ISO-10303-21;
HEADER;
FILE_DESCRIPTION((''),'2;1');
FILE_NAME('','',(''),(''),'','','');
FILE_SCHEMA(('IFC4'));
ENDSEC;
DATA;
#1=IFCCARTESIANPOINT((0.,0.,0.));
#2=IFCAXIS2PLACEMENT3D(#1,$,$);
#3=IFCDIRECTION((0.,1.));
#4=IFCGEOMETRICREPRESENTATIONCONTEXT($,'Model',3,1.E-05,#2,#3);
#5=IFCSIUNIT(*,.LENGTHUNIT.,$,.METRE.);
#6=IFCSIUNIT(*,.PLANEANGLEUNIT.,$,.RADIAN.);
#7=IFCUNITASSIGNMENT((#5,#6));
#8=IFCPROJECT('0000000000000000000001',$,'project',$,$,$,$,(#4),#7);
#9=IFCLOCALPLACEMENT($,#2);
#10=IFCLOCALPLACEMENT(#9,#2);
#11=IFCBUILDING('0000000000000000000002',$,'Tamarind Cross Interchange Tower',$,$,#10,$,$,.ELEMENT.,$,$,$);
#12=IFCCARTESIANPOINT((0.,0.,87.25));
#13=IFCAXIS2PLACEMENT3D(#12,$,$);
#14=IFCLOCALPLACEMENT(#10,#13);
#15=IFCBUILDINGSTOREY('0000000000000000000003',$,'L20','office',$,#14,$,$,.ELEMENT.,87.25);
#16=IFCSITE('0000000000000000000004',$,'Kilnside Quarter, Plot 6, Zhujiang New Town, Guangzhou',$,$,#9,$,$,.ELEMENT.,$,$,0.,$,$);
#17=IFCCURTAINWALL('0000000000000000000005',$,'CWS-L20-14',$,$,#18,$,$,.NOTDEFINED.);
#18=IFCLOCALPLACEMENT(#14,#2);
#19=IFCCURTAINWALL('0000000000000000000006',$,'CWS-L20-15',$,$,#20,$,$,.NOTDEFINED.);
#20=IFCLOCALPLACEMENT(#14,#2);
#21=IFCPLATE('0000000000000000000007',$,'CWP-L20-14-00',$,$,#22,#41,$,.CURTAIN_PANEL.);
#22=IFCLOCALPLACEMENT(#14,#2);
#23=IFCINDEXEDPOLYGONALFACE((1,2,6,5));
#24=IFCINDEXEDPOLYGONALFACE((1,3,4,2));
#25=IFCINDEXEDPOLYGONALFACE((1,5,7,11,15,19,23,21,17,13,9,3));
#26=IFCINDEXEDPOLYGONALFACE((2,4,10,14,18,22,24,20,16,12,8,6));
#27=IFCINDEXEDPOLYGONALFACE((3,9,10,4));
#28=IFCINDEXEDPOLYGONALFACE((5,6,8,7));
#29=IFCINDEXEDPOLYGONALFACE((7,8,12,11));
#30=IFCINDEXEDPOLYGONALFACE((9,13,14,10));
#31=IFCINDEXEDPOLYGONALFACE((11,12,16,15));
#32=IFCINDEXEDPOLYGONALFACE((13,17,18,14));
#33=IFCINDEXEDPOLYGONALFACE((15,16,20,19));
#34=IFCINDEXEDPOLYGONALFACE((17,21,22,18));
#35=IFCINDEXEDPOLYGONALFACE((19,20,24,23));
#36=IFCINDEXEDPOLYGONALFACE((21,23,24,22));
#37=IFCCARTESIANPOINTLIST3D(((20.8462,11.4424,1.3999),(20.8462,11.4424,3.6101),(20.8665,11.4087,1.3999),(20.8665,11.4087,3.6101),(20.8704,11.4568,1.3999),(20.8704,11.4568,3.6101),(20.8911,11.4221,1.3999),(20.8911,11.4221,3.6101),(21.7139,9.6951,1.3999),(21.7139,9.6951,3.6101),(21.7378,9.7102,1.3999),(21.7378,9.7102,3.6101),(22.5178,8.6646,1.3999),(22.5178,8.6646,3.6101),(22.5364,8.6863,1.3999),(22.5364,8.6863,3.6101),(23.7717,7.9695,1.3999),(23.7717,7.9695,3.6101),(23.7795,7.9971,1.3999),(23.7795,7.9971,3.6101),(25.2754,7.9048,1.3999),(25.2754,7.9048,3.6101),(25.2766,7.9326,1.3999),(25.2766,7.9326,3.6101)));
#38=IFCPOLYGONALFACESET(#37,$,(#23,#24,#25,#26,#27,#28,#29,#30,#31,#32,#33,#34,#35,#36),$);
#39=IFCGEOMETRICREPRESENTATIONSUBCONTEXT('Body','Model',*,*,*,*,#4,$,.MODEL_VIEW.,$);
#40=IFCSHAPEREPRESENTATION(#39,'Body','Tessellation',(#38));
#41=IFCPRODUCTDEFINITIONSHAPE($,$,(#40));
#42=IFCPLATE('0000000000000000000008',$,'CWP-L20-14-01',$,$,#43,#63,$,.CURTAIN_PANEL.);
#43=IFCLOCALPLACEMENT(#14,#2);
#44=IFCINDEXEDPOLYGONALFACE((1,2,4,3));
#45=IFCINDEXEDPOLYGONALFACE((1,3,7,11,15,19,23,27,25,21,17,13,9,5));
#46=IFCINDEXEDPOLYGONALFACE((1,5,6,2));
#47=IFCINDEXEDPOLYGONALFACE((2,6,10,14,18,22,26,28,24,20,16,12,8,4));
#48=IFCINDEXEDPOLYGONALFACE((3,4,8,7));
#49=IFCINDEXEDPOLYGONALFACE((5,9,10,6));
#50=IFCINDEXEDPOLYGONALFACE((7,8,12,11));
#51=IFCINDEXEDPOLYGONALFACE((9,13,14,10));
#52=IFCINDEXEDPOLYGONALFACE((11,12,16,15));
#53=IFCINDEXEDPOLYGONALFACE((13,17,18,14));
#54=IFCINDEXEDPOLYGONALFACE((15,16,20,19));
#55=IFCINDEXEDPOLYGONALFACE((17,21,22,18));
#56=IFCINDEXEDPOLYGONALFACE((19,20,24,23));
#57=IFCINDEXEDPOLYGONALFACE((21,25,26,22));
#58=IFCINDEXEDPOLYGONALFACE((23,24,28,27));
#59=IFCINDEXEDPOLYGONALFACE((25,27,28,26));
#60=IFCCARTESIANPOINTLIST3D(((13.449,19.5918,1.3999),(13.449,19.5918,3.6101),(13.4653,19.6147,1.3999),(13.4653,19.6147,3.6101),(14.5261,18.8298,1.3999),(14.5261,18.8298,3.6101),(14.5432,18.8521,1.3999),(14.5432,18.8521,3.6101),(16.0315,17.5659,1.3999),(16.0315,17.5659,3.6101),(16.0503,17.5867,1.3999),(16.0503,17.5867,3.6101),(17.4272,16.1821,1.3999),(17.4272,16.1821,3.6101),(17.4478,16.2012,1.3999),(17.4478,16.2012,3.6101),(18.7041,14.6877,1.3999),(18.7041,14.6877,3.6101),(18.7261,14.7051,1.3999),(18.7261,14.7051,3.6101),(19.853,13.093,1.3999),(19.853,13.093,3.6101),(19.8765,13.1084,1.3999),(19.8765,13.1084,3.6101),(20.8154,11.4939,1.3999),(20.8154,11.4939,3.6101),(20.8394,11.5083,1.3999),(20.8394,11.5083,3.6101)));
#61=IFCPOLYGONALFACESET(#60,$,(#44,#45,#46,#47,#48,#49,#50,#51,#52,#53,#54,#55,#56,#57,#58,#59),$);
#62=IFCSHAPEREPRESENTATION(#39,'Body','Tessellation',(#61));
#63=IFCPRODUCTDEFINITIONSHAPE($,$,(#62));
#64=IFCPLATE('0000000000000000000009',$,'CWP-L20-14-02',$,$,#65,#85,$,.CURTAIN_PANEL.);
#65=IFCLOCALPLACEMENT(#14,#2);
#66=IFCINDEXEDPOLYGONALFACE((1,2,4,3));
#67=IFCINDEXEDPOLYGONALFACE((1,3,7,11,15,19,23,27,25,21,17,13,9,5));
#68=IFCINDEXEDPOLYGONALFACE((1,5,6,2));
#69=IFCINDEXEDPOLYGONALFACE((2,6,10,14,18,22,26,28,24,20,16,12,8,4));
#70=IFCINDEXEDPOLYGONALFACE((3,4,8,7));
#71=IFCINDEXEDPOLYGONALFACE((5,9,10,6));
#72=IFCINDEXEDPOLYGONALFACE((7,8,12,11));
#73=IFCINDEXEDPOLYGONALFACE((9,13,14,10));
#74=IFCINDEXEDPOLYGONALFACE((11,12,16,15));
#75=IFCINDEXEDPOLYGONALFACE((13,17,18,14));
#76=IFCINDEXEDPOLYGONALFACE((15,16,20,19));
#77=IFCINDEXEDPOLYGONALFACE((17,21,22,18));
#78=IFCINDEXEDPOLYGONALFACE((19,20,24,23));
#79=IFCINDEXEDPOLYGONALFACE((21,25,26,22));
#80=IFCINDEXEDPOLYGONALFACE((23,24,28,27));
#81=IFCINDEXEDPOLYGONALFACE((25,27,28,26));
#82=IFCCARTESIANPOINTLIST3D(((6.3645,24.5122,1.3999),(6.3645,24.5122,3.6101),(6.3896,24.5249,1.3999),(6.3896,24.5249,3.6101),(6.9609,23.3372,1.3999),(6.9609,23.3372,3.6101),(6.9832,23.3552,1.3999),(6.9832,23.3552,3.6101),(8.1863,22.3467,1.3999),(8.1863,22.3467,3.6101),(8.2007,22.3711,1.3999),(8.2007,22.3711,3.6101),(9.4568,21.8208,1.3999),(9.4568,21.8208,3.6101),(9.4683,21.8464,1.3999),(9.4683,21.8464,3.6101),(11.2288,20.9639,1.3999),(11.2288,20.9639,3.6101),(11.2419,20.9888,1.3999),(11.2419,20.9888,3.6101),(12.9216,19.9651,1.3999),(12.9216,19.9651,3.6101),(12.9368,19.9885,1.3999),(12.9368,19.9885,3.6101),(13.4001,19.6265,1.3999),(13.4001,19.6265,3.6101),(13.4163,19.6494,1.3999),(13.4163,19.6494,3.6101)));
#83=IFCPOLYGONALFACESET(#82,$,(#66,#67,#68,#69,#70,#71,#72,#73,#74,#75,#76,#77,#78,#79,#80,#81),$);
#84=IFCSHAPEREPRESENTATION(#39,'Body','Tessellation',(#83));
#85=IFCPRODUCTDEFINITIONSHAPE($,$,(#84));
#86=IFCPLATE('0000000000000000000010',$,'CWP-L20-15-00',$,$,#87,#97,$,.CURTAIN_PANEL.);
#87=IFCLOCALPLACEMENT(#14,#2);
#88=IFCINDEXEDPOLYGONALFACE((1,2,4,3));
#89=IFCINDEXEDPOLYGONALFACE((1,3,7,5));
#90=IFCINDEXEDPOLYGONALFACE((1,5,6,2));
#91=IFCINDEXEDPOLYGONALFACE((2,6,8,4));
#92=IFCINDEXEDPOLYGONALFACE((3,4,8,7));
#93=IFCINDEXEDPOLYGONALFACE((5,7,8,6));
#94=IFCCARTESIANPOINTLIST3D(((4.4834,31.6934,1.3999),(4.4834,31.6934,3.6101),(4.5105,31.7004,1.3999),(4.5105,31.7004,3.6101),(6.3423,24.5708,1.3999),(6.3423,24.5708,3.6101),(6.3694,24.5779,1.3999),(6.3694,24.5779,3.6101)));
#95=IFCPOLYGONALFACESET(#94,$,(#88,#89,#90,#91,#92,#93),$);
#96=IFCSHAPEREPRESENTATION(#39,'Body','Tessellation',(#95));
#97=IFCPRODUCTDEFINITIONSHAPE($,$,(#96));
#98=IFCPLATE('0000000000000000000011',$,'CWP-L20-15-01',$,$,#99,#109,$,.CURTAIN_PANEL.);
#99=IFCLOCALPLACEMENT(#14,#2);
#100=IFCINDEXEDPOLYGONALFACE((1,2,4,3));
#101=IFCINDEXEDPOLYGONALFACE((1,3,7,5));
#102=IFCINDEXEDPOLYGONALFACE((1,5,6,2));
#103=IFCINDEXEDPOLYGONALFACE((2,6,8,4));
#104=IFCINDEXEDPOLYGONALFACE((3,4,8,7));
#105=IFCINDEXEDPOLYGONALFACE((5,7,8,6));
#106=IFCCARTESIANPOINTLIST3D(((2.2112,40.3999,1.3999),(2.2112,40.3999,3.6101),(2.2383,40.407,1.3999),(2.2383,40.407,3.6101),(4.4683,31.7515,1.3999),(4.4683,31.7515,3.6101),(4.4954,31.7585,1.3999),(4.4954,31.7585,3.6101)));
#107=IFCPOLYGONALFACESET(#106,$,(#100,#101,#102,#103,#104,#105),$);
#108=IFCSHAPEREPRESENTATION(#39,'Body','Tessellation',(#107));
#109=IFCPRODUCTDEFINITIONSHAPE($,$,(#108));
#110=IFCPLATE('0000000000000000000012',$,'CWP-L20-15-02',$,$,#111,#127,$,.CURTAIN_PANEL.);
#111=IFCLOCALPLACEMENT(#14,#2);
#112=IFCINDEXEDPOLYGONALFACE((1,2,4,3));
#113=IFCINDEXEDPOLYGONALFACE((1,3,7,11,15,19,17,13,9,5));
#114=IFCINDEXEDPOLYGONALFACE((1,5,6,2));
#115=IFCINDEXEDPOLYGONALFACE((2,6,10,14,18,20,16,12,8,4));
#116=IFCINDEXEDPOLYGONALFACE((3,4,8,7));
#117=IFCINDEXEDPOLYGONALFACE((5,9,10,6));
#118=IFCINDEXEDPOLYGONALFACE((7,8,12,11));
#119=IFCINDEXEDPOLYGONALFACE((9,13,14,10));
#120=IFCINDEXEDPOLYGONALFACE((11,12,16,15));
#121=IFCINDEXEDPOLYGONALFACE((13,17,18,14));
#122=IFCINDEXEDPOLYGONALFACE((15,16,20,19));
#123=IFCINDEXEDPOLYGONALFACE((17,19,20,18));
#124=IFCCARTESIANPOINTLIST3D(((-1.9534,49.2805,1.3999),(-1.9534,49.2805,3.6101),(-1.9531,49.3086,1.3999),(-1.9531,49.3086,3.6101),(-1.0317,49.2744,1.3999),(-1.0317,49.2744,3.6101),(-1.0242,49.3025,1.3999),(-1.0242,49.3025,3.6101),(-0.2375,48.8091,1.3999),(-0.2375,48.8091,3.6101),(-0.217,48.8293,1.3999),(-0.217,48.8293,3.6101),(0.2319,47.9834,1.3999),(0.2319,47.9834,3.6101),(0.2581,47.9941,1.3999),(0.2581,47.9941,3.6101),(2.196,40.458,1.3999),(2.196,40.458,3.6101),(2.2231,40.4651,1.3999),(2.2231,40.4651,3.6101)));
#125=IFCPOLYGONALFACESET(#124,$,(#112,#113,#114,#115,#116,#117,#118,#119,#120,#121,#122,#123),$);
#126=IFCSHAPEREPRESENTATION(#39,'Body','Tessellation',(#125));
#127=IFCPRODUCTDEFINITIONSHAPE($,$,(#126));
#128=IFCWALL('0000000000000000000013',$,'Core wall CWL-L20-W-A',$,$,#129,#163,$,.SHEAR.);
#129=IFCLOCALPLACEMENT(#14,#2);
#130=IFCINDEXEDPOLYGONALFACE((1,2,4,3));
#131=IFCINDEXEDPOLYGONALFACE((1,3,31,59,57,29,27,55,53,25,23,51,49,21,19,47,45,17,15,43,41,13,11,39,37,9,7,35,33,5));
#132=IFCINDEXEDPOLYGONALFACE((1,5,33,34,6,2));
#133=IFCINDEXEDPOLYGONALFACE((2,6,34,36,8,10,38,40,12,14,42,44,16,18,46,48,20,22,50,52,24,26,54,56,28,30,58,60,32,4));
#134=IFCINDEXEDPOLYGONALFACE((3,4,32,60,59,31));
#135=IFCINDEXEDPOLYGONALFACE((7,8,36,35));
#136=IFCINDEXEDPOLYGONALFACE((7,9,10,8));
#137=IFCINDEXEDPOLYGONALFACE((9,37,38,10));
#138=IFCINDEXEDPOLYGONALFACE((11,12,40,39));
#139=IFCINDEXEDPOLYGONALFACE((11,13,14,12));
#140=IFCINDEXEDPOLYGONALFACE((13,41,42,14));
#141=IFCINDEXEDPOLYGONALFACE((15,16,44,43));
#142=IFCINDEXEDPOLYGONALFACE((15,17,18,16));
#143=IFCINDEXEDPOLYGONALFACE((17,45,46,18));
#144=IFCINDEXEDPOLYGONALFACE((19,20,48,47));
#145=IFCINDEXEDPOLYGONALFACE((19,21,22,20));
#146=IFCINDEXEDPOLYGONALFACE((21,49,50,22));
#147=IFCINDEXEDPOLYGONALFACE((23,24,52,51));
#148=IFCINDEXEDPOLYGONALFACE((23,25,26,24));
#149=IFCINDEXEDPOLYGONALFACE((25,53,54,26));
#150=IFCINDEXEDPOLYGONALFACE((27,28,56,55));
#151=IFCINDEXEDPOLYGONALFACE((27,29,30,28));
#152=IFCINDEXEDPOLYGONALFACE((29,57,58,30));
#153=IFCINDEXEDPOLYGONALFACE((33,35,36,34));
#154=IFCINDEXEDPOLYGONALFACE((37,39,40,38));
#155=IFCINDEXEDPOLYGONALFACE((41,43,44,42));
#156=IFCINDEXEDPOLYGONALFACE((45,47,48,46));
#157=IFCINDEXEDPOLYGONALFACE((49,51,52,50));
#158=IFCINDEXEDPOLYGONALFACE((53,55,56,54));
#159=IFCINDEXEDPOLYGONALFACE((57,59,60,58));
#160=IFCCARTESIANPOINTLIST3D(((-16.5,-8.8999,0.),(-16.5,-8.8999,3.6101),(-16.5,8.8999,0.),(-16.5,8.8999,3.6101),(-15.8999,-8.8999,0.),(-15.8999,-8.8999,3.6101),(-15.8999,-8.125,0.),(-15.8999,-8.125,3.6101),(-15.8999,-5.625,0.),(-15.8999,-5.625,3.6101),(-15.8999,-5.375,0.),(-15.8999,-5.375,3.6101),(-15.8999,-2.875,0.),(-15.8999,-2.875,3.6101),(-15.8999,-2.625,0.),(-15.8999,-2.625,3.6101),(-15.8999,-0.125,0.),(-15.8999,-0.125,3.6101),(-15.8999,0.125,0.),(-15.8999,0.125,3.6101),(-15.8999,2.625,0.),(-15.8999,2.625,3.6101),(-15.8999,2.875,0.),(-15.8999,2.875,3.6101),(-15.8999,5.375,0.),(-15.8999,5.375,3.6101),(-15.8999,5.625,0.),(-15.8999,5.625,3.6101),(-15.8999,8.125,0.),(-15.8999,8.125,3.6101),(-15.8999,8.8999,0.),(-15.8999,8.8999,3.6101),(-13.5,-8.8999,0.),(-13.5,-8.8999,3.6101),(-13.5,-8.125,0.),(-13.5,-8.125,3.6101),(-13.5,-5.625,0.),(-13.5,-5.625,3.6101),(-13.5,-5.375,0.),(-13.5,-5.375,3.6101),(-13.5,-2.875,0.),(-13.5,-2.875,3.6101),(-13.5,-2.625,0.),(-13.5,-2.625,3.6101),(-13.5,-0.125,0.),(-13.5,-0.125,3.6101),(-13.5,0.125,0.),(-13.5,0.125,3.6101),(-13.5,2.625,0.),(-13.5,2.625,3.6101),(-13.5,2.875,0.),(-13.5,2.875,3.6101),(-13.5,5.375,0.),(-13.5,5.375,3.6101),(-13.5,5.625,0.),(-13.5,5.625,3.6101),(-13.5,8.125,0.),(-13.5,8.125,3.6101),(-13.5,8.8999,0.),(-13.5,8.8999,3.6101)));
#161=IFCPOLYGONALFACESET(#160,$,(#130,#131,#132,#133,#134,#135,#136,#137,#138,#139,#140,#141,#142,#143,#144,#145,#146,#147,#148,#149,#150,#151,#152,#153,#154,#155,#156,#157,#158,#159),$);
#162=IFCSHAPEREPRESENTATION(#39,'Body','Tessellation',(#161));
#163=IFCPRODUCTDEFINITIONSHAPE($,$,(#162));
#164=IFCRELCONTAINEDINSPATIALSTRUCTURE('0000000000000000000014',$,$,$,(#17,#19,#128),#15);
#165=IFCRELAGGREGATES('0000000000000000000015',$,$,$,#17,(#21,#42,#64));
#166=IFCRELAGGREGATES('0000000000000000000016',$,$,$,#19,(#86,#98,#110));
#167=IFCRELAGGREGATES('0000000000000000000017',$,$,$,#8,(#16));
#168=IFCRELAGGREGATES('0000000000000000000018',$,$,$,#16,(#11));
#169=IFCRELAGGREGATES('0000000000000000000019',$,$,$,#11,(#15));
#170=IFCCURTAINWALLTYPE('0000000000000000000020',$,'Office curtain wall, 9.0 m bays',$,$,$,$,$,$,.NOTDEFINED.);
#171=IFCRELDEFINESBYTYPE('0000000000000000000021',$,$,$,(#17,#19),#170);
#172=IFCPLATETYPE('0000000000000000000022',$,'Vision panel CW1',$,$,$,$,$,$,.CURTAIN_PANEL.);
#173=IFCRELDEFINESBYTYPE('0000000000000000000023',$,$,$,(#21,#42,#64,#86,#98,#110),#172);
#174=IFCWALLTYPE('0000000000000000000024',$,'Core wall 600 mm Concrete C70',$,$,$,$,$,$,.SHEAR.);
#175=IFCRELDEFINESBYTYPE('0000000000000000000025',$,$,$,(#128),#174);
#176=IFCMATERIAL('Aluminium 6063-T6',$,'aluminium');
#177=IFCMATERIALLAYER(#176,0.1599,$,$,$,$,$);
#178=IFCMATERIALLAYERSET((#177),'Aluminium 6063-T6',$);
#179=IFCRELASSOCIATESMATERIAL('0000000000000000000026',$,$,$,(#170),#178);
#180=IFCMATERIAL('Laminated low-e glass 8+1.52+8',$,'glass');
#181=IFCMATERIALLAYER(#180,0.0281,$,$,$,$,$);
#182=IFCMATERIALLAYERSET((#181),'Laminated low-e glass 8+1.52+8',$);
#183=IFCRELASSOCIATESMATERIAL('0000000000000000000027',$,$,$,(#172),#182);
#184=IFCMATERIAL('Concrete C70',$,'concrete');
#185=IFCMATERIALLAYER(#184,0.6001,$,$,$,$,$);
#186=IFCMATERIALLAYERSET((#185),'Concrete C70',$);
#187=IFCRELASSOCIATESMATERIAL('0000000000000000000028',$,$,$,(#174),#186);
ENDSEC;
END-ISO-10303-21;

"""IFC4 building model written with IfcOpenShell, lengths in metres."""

from ifc_helpers import new_model, si_unit, direction, frame, origin, place, context, subcontext, project, spatial, polyline, outline, extrude, material, layer, layer_set, type_object, element, aggregate, save


model = new_model("IFC4")

# Units and contexts
model_context = context("Model", 3, precision=1e-05, world=origin(), true_north=direction((0.0, 1.0)))
body_context = subcontext(model_context, "Body", "Model", "MODEL_VIEW")
ifc_project = project(units=[si_unit("LENGTHUNIT", "METRE"), si_unit("PLANEANGLEUNIT", "RADIAN")], contexts=[model_context])

# Site, building, storey
site_placement = place(None, origin())
site = spatial("IfcSite", under=ifc_project, at=site_placement, Name="Kilnside Quarter, Plot 6, Zhujiang New Town, Guangzhou", CompositionType="ELEMENT", RefElevation=0.0)
building_placement = place(site_placement, origin())
building = spatial("IfcBuilding", under=site, at=building_placement, Name="Tamarind Cross Interchange Tower", CompositionType="ELEMENT")
storey_placement = place(building_placement, frame((0.0, 0.0, 87.25)))
storey = spatial("IfcBuildingStorey", under=building, at=storey_placement, Name="L20", Description="office", CompositionType="ELEMENT", Elevation=87.25)

# Curtain walls
ifc_material_1 = material(Name="Aluminium 6063-T6", Category="aluminium")
ifc_layer_1 = layer(ifc_material_1, 0.1599)
ifc_layer_set_1 = layer_set([ifc_layer_1], Name="Aluminium 6063-T6")
curtain_wall_type = type_object("IfcCurtainWallType", Name="Office curtain wall, 9.0 m bays", PredefinedType="NOTDEFINED", material=ifc_layer_set_1)
curtain_wall_1_placement = place(storey_placement, origin())
curtain_wall_1 = element("IfcCurtainWall", 1, at=curtain_wall_1_placement, inside=storey, type_object=curtain_wall_type, Name="CWS-L20-14", PredefinedType="NOTDEFINED")
curtain_wall_2_placement = place(storey_placement, origin())
curtain_wall_2 = element("IfcCurtainWall", 2, at=curtain_wall_2_placement, inside=storey, type_object=curtain_wall_type, Name="CWS-L20-15", PredefinedType="NOTDEFINED")

# Plates
ifc_material_2 = material(Name="Laminated low-e glass 8+1.52+8", Category="glass")
ifc_layer_2 = layer(ifc_material_2, 0.0281)
ifc_layer_set_2 = layer_set([ifc_layer_2], Name="Laminated low-e glass 8+1.52+8")
plate_type = type_object("IfcPlateType", Name="Vision panel CW1", PredefinedType="CURTAIN_PANEL", material=ifc_layer_set_2)
plate_1_placement = place(storey_placement, frame((0.0, 0.0, 1.3999)))
plate_1 = element("IfcPlate", 3, at=plate_1_placement, type_object=plate_type, Name="CWP-L20-14-00", PredefinedType="CURTAIN_PANEL", context=body_context, shape_type="SweptSolid", body=[
    extrude(outline(polyline([(25.2754, 7.9048), (23.7717, 7.9695), (22.5178, 8.6646), (21.7139, 9.6951), (20.8665, 11.4087), (20.8462, 11.4424), (20.8704, 11.4568), (20.8911, 11.4221), (21.7378, 9.7102), (22.5364, 8.6863), (23.7795, 7.9971), (25.2766, 7.9326), (25.2754, 7.9048)])), origin(), (0.0, 0.0, 1.0), 2.2102),
])
plate_2_placement = place(storey_placement, frame((0.0, 0.0, 1.3999)))
plate_2 = element("IfcPlate", 4, at=plate_2_placement, type_object=plate_type, Name="CWP-L20-14-01", PredefinedType="CURTAIN_PANEL", context=body_context, shape_type="SweptSolid", body=[
    extrude(outline(polyline([(20.8154, 11.4939), (19.853, 13.093), (18.7041, 14.6877), (17.4272, 16.1821), (16.0315, 17.5659), (14.5261, 18.8298), (13.449, 19.5918), (13.4653, 19.6147), (14.5432, 18.8521), (16.0503, 17.5867), (17.4478, 16.2012), (18.7261, 14.7051), (19.8765, 13.1084), (20.8394, 11.5083), (20.8154, 11.4939)])), origin(), (0.0, 0.0, 1.0), 2.2102),
])
plate_3_placement = place(storey_placement, frame((0.0, 0.0, 1.3999)))
plate_3 = element("IfcPlate", 5, at=plate_3_placement, type_object=plate_type, Name="CWP-L20-14-02", PredefinedType="CURTAIN_PANEL", context=body_context, shape_type="SweptSolid", body=[
    extrude(outline(polyline([(13.4001, 19.6265), (12.9216, 19.9651), (11.2288, 20.9639), (9.4568, 21.8208), (8.1863, 22.3467), (6.9609, 23.3372), (6.3645, 24.5122), (6.3896, 24.5249), (6.9832, 23.3552), (8.2007, 22.3711), (9.4683, 21.8464), (11.2419, 20.9888), (12.9368, 19.9885), (13.4163, 19.6494), (13.4001, 19.6265)])), origin(), (0.0, 0.0, 1.0), 2.2102),
])
aggregate(curtain_wall_1, [plate_1, plate_2, plate_3])
plate_4_placement = place(storey_placement, frame((0.0, 0.0, 1.3999)))
plate_4 = element("IfcPlate", 6, at=plate_4_placement, type_object=plate_type, Name="CWP-L20-15-00", PredefinedType="CURTAIN_PANEL", context=body_context, shape_type="SweptSolid", body=[
    extrude(outline(polyline([(6.3423, 24.5708), (4.4834, 31.6934), (4.5105, 31.7004), (6.3694, 24.5779), (6.3423, 24.5708)])), origin(), (0.0, 0.0, 1.0), 2.2102),
])
plate_5_placement = place(storey_placement, frame((0.0, 0.0, 1.3999)))
plate_5 = element("IfcPlate", 7, at=plate_5_placement, type_object=plate_type, Name="CWP-L20-15-01", PredefinedType="CURTAIN_PANEL", context=body_context, shape_type="SweptSolid", body=[
    extrude(outline(polyline([(4.4683, 31.7515), (2.2112, 40.3999), (2.2383, 40.407), (4.4954, 31.7585), (4.4683, 31.7515)])), origin(), (0.0, 0.0, 1.0), 2.2102),
])
plate_6_placement = place(storey_placement, frame((0.0, 0.0, 1.3999)))
plate_6 = element("IfcPlate", 8, at=plate_6_placement, type_object=plate_type, Name="CWP-L20-15-02", PredefinedType="CURTAIN_PANEL", context=body_context, shape_type="SweptSolid", body=[
    extrude(outline(polyline([(2.196, 40.458), (0.2319, 47.9834), (-0.2375, 48.8091), (-1.0317, 49.2744), (-1.9534, 49.2805), (-1.9531, 49.3086), (-1.0242, 49.3025), (-0.217, 48.8293), (0.2581, 47.9941), (2.2231, 40.4651), (2.196, 40.458)])), origin(), (0.0, 0.0, 1.0), 2.2102),
])
aggregate(curtain_wall_2, [plate_4, plate_5, plate_6])

# Wall
ifc_material_3 = material(Name="Concrete C70", Category="concrete")
ifc_layer_3 = layer(ifc_material_3, 0.6001)
ifc_layer_set_3 = layer_set([ifc_layer_3], Name="Concrete C70")
wall_type_1 = type_object("IfcWallType", Name="Core wall 600 mm Concrete C70", PredefinedType="SHEAR", material=ifc_layer_set_3)
wall_1_placement = place(storey_placement, origin())
element("IfcWall", 9, at=wall_1_placement, inside=storey, type_object=wall_type_1, Name="Core wall CWL-L20-W-A", PredefinedType="SHEAR", context=body_context, shape_type="SweptSolid", body=[
    extrude(outline(polyline([(-13.5, -8.8999), (-13.5, -8.125), (-15.8999, -8.125), (-15.8999, -5.625), (-13.5, -5.625), (-13.5, -5.375), (-15.8999, -5.375), (-15.8999, -2.875), (-13.5, -2.875), (-13.5, -2.625), (-15.8999, -2.625), (-15.8999, -0.125), (-13.5, -0.125), (-13.5, 0.125), (-15.8999, 0.125), (-15.8999, 2.625), (-13.5, 2.625), (-13.5, 2.875), (-15.8999, 2.875), (-15.8999, 5.375), (-13.5, 5.375), (-13.5, 5.625), (-15.8999, 5.625), (-15.8999, 8.125), (-13.5, 8.125), (-13.5, 8.8999), (-15.8999, 8.8999), (-16.5, 8.8999), (-16.5, -8.8999), (-15.8999, -8.8999), (-13.5, -8.8999)])), origin(), (0.0, 0.0, 1.0), 3.6101),
])

save(model, "model.ifc")
